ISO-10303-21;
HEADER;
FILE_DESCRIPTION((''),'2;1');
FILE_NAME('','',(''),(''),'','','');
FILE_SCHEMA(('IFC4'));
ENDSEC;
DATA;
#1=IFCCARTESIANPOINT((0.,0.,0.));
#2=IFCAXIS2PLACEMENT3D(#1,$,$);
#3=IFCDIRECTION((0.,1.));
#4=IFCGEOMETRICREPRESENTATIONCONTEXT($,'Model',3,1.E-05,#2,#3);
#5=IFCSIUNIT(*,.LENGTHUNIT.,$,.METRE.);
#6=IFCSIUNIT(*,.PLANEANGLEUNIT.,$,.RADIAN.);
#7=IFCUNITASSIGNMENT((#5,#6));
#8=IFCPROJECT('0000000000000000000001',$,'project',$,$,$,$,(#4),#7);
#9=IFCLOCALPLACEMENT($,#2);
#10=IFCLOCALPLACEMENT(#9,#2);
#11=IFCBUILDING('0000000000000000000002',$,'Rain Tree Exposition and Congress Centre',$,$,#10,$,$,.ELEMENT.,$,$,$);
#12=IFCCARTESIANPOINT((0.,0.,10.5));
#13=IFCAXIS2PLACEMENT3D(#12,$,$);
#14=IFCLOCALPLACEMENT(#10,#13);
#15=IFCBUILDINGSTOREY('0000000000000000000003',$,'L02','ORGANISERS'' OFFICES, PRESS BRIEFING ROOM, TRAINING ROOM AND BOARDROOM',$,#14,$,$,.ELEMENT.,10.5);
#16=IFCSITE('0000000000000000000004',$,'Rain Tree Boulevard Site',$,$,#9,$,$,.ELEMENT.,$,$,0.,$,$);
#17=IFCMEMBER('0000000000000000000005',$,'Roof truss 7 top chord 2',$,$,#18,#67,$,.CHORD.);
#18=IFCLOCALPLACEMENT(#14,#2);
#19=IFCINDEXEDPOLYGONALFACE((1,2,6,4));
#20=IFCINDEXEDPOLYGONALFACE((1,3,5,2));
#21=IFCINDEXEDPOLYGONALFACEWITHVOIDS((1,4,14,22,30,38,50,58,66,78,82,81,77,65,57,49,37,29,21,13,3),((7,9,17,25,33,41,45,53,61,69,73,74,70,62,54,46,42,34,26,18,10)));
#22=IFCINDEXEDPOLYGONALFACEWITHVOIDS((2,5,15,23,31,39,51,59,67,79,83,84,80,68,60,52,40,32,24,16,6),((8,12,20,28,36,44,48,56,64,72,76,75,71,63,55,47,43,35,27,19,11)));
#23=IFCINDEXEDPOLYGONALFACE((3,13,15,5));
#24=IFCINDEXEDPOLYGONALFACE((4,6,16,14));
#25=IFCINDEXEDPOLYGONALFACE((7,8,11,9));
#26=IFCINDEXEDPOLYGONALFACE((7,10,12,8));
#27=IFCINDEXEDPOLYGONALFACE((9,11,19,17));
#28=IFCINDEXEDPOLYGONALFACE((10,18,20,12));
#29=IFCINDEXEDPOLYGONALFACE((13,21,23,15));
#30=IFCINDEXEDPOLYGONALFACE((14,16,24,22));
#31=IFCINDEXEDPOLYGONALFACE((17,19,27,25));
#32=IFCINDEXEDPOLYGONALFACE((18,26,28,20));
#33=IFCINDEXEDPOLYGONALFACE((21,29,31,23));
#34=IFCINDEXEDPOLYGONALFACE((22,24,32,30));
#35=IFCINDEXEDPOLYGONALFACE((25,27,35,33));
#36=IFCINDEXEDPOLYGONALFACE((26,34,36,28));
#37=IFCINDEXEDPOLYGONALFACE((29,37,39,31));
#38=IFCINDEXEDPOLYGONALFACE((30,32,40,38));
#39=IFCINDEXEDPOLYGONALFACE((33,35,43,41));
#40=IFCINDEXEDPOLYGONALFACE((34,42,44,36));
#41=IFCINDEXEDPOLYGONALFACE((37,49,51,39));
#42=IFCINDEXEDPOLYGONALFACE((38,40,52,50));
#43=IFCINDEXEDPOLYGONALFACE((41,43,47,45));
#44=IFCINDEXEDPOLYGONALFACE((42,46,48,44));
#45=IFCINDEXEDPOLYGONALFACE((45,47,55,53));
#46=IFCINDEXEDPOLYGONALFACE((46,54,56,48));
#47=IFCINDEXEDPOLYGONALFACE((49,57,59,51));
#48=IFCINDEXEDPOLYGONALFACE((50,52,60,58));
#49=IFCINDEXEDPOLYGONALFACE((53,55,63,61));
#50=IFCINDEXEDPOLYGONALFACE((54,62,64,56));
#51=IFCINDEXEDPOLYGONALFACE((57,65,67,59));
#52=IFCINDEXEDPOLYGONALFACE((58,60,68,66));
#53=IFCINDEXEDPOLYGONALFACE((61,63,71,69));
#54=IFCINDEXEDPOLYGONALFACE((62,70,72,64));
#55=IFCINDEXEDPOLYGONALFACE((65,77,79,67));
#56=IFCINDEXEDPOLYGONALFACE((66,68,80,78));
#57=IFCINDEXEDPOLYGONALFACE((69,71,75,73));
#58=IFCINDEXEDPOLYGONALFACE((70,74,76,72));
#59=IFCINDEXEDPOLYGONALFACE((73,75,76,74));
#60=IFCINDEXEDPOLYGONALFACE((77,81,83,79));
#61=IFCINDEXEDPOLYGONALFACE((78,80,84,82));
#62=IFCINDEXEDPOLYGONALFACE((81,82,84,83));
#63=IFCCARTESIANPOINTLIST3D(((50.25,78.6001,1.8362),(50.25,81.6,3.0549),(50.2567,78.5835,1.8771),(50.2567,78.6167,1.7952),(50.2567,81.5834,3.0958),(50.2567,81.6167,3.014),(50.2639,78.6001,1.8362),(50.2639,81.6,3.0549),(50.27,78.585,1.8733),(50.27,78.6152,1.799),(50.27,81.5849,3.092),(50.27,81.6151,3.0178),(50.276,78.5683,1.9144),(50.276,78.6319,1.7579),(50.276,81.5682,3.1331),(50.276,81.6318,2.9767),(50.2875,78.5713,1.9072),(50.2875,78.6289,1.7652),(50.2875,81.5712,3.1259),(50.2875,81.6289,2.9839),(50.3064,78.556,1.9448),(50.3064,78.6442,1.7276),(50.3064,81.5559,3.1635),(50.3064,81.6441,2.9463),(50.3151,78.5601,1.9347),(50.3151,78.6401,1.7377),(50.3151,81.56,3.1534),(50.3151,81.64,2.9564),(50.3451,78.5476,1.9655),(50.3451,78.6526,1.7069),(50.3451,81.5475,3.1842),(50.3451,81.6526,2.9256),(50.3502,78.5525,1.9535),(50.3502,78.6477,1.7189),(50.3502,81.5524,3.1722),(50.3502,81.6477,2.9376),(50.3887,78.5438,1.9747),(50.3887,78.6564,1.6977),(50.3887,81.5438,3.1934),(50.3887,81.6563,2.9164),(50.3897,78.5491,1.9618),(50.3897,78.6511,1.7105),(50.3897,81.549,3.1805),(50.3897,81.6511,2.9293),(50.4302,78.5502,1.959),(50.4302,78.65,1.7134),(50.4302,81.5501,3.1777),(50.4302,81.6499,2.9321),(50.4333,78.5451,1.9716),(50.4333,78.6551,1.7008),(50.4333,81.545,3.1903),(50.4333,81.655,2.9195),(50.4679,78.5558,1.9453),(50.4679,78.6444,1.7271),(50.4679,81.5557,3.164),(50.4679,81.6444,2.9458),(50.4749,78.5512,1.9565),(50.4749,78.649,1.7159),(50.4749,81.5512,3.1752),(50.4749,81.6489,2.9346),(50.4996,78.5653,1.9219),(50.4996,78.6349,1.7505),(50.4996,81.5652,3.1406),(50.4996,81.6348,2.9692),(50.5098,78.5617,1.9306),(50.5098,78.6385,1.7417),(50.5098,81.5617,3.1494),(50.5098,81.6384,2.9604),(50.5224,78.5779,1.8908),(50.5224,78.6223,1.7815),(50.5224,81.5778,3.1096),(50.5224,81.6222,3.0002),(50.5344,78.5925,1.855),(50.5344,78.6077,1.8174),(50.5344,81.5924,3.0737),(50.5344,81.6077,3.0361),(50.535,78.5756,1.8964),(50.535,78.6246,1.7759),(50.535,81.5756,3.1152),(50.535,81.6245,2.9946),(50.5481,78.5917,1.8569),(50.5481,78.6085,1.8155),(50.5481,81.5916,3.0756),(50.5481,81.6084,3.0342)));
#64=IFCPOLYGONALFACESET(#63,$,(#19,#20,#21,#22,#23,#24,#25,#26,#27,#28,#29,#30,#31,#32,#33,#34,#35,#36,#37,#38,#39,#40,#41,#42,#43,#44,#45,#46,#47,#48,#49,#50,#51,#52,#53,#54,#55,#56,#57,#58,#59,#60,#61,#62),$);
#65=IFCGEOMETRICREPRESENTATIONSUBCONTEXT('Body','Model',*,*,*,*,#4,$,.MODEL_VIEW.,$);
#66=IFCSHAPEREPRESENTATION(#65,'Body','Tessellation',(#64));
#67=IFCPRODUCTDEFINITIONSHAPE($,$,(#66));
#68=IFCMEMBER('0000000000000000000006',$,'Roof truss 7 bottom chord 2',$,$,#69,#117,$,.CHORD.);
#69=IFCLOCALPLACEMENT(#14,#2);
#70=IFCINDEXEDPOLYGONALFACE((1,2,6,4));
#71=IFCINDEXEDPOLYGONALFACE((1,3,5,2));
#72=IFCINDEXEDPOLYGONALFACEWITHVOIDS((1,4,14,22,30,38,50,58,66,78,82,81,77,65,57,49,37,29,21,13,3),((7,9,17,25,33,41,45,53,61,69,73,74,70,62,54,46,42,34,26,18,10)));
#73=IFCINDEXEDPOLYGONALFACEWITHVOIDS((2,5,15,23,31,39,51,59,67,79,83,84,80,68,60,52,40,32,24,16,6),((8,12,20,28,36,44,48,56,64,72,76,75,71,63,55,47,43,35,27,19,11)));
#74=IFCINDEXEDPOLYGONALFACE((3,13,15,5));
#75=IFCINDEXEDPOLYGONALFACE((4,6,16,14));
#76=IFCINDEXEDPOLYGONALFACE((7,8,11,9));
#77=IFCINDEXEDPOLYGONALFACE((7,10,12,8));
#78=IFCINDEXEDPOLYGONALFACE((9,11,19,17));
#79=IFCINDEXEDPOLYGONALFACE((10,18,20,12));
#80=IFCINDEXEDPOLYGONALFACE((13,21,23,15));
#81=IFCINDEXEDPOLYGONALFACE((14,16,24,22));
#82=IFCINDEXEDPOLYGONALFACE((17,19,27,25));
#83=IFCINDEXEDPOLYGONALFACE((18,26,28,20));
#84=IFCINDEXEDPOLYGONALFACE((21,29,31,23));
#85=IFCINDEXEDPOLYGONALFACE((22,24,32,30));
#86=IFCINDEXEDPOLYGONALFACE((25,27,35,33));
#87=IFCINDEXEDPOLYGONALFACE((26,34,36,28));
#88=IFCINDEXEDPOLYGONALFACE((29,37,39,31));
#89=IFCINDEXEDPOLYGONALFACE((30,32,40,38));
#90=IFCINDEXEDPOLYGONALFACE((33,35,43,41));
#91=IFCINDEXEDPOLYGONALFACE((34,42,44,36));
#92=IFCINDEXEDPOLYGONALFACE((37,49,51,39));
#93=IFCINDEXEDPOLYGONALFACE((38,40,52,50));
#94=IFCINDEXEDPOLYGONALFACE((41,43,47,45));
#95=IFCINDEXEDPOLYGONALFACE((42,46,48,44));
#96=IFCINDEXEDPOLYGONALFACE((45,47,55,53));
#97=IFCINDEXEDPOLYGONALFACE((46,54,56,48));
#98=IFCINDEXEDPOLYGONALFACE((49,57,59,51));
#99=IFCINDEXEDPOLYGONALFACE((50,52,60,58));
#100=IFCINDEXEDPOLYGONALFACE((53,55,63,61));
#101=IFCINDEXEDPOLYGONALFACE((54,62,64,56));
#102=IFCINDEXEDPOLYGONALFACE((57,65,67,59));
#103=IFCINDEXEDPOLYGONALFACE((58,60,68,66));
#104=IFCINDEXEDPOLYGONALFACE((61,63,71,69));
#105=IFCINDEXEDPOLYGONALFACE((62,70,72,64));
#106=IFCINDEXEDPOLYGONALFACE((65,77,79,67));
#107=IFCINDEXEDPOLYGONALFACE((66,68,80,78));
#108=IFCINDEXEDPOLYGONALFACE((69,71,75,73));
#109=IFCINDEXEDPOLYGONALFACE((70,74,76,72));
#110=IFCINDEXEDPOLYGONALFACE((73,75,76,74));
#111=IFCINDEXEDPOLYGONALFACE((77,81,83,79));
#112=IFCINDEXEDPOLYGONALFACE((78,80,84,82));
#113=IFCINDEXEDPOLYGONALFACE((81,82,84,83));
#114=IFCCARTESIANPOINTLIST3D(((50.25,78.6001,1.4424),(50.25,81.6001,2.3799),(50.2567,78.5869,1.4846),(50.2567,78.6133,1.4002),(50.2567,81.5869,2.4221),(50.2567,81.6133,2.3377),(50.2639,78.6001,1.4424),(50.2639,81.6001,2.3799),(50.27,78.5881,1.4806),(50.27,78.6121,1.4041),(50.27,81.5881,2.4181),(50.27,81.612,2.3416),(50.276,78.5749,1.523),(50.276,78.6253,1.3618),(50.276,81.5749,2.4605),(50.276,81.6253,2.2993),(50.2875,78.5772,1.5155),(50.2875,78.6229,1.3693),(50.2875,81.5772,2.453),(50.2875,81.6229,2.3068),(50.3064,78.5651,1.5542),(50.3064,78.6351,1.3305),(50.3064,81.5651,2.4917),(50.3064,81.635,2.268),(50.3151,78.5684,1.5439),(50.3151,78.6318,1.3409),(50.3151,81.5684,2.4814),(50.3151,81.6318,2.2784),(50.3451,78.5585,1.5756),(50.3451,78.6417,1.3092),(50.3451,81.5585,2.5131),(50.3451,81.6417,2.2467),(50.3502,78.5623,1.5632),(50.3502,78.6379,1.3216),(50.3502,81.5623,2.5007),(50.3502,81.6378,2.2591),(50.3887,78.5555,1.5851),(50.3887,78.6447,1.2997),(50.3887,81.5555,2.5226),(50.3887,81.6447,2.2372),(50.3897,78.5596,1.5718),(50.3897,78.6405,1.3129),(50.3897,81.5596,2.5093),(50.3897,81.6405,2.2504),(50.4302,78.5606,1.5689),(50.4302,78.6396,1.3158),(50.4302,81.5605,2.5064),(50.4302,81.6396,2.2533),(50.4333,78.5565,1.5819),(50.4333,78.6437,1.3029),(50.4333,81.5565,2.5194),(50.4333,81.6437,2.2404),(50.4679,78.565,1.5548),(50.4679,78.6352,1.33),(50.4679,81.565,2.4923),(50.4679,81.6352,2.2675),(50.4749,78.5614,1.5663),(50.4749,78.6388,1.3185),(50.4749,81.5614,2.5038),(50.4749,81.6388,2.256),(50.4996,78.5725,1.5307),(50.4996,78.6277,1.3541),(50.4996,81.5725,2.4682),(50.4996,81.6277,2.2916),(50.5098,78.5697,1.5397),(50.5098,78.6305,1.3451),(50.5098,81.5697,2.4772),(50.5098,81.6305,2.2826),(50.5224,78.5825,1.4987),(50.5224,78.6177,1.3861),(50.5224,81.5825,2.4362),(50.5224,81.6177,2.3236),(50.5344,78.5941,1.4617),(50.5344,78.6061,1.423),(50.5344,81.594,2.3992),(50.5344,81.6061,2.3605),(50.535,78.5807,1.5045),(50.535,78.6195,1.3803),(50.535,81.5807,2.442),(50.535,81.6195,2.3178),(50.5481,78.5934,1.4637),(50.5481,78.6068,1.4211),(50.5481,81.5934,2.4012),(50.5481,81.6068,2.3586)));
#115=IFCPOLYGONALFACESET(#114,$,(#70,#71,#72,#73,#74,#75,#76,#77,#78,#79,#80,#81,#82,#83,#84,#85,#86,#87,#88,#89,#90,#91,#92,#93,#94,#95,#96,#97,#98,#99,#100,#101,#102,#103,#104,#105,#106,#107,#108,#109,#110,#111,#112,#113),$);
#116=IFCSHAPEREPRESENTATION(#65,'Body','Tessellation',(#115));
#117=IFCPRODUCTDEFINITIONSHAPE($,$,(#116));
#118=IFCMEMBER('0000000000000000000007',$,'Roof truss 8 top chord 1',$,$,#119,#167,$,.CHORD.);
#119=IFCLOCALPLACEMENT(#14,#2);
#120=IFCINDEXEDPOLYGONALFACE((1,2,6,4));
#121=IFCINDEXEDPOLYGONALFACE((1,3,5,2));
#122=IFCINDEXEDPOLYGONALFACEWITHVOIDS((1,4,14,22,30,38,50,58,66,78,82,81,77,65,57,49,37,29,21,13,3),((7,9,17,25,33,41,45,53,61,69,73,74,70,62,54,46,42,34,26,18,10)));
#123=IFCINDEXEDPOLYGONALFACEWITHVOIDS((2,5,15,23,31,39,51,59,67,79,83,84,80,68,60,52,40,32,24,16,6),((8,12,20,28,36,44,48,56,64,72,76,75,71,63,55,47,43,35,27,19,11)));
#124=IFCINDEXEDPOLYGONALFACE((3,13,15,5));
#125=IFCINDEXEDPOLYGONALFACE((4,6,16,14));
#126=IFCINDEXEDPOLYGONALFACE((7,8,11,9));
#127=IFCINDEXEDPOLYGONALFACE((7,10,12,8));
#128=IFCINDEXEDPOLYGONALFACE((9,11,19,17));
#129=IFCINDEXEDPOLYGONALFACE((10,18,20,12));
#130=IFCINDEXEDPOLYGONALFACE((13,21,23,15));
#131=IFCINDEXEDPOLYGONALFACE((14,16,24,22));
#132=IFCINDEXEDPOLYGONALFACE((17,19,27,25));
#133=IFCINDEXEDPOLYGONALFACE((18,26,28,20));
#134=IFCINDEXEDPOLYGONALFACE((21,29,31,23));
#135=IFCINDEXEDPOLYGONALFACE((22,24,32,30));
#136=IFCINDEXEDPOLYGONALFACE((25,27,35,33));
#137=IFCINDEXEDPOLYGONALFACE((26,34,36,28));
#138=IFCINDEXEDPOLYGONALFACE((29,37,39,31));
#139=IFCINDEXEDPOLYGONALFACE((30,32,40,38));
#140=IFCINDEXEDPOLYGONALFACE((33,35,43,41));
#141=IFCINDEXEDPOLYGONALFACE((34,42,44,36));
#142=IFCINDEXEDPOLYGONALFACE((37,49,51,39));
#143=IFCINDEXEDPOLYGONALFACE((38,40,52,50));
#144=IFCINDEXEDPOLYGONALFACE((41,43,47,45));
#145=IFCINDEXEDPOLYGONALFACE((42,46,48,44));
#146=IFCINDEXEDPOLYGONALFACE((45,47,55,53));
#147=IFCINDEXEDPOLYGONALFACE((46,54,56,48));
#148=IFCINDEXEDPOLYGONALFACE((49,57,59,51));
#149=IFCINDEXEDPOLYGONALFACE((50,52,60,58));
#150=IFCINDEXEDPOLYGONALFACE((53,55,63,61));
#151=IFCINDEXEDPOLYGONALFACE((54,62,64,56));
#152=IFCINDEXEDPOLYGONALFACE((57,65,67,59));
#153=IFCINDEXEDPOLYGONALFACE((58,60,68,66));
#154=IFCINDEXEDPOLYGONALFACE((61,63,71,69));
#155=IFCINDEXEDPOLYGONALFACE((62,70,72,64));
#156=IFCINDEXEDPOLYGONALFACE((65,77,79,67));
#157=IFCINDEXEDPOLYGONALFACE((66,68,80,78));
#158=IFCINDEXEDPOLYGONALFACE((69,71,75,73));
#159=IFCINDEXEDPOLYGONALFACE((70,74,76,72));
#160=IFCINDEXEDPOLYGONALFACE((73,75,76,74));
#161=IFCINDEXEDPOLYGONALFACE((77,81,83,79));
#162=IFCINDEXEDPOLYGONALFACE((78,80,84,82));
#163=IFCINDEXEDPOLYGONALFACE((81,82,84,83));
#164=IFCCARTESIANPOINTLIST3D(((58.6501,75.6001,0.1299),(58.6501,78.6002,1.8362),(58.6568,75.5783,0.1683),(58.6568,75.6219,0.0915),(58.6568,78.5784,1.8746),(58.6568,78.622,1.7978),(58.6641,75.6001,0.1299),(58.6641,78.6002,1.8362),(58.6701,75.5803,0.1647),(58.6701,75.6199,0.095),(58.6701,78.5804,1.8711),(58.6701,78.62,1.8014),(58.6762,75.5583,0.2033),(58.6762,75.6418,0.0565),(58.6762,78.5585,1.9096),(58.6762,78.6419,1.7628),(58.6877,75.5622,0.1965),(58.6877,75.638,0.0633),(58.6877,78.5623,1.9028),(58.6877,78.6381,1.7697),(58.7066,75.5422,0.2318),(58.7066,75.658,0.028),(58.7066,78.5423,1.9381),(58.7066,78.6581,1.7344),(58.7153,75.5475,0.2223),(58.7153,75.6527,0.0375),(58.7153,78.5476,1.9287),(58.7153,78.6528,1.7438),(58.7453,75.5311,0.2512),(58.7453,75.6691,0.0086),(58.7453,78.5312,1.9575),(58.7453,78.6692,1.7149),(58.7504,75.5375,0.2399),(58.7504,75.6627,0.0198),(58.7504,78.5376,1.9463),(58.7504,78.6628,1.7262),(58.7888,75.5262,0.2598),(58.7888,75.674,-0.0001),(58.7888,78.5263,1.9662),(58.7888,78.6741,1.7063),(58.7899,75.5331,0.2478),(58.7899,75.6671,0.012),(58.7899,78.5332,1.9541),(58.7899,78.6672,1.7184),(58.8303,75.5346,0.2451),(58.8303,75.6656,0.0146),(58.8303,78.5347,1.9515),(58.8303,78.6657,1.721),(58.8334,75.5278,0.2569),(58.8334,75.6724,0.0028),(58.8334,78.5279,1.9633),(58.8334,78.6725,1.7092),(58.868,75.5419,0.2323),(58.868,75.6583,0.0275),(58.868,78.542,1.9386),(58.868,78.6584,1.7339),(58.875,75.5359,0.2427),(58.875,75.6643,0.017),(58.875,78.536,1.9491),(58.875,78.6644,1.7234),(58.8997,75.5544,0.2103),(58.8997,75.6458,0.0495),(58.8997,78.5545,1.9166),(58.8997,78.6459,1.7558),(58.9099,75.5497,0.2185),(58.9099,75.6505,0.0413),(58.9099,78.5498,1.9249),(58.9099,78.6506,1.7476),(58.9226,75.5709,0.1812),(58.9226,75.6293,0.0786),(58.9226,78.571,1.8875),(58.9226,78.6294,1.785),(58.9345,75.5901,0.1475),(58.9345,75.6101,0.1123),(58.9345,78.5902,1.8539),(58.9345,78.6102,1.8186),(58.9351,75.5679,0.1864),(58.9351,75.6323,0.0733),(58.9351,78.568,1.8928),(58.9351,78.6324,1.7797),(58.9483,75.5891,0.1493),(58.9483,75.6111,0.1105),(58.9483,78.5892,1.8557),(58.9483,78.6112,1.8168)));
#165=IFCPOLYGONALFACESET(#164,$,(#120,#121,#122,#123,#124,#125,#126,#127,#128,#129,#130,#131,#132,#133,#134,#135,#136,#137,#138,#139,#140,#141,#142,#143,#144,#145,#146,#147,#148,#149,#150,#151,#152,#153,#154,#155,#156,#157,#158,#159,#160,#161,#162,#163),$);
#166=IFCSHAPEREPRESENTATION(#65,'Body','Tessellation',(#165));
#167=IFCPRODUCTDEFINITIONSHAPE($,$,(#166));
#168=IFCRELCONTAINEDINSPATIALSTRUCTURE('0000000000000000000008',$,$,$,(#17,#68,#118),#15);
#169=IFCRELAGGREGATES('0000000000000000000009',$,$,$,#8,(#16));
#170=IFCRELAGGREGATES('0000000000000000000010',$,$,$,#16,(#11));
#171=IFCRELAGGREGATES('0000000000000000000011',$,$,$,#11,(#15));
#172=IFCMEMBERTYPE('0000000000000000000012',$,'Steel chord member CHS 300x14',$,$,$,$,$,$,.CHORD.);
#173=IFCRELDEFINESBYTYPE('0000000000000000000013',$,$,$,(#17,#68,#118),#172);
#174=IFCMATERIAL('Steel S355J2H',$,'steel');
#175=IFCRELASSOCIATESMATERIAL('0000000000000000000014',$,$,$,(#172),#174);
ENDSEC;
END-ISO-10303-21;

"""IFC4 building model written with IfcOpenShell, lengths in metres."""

from ifc_helpers import new_model, si_unit, direction, frame, origin, origin_2d, place, context, subcontext, project, spatial, hollow_circle, extrude, material, material_profile, profile_set, type_object, element, save


model = new_model("IFC4")

# Units and contexts
model_context = context("Model", 3, precision=1e-05, world=origin(), true_north=direction((0.0, 1.0)))
body_context = subcontext(model_context, "Body", "Model", "MODEL_VIEW")
ifc_project = project(units=[si_unit("LENGTHUNIT", "METRE"), si_unit("PLANEANGLEUNIT", "RADIAN")], contexts=[model_context])

# Site, building, storey
site_placement = place(None, origin())
site = spatial("IfcSite", under=ifc_project, at=site_placement, Name="Rain Tree Boulevard Site", CompositionType="ELEMENT", RefElevation=0.0)
building_placement = place(site_placement, origin())
building = spatial("IfcBuilding", under=site, at=building_placement, Name="Rain Tree Exposition and Congress Centre", CompositionType="ELEMENT")
storey_placement = place(building_placement, frame((0.0, 0.0, 10.5)))
storey = spatial("IfcBuildingStorey", under=building, at=storey_placement, Name="L02", Description="ORGANISERS' OFFICES, PRESS BRIEFING ROOM, TRAINING ROOM AND BOARDROOM", CompositionType="ELEMENT", Elevation=10.5)

# Members
ifc_material_1 = material(Name="Steel S355J2H", Category="steel")
ifc_material_profile_1 = material_profile(ifc_material_1, hollow_circle(Radius=0.1499, WallThickness=0.0139, at=origin_2d()), Name="CHS 300x14")
ifc_profile_set_1 = profile_set([ifc_material_profile_1], Name="Steel S355J2H")
member_type_1 = type_object("IfcMemberType", Name="Steel chord member CHS 300x14", PredefinedType="CHORD", material=ifc_profile_set_1)
member_1_placement = place(storey_placement, frame((50.3999, 78.6001, 1.8362), z_axis=(0.0, 0.926467, 0.376377), x_axis=(-1.0, 0.0, 0.0)))
element("IfcMember", 1, at=member_1_placement, inside=storey, type_object=member_type_1, Name="Roof truss 7 top chord 2", PredefinedType="CHORD", context=body_context, shape_type="SweptSolid", body=[
    extrude(hollow_circle(Radius=0.1499, WallThickness=0.0139, at=origin_2d()), origin(), (0.0, 0.0, 1.0), 3.238),
])
member_2_placement = place(storey_placement, frame((50.3999, 78.6001, 1.4424), z_axis=(0.0, 0.95448, 0.298275), x_axis=(-1.0, 0.0, 0.0)))
element("IfcMember", 2, at=member_2_placement, inside=storey, type_object=member_type_1, Name="Roof truss 7 bottom chord 2", PredefinedType="CHORD", context=body_context, shape_type="SweptSolid", body=[
    extrude(hollow_circle(Radius=0.1499, WallThickness=0.0139, at=origin_2d()), origin(), (0.0, 0.0, 1.0), 3.1431),
])
member_3_placement = place(storey_placement, frame((58.8, 75.6001, 0.1299), z_axis=(0.0, 0.869238, 0.494393), x_axis=(-1.0, 0.0, 0.0)))
element("IfcMember", 3, at=member_3_placement, inside=storey, type_object=member_type_1, Name="Roof truss 8 top chord 1", PredefinedType="CHORD", context=body_context, shape_type="SweptSolid", body=[
    extrude(hollow_circle(Radius=0.1499, WallThickness=0.0139, at=origin_2d()), origin(), (0.0, 0.0, 1.0), 3.4514),
])

save(model, "model.ifc")
